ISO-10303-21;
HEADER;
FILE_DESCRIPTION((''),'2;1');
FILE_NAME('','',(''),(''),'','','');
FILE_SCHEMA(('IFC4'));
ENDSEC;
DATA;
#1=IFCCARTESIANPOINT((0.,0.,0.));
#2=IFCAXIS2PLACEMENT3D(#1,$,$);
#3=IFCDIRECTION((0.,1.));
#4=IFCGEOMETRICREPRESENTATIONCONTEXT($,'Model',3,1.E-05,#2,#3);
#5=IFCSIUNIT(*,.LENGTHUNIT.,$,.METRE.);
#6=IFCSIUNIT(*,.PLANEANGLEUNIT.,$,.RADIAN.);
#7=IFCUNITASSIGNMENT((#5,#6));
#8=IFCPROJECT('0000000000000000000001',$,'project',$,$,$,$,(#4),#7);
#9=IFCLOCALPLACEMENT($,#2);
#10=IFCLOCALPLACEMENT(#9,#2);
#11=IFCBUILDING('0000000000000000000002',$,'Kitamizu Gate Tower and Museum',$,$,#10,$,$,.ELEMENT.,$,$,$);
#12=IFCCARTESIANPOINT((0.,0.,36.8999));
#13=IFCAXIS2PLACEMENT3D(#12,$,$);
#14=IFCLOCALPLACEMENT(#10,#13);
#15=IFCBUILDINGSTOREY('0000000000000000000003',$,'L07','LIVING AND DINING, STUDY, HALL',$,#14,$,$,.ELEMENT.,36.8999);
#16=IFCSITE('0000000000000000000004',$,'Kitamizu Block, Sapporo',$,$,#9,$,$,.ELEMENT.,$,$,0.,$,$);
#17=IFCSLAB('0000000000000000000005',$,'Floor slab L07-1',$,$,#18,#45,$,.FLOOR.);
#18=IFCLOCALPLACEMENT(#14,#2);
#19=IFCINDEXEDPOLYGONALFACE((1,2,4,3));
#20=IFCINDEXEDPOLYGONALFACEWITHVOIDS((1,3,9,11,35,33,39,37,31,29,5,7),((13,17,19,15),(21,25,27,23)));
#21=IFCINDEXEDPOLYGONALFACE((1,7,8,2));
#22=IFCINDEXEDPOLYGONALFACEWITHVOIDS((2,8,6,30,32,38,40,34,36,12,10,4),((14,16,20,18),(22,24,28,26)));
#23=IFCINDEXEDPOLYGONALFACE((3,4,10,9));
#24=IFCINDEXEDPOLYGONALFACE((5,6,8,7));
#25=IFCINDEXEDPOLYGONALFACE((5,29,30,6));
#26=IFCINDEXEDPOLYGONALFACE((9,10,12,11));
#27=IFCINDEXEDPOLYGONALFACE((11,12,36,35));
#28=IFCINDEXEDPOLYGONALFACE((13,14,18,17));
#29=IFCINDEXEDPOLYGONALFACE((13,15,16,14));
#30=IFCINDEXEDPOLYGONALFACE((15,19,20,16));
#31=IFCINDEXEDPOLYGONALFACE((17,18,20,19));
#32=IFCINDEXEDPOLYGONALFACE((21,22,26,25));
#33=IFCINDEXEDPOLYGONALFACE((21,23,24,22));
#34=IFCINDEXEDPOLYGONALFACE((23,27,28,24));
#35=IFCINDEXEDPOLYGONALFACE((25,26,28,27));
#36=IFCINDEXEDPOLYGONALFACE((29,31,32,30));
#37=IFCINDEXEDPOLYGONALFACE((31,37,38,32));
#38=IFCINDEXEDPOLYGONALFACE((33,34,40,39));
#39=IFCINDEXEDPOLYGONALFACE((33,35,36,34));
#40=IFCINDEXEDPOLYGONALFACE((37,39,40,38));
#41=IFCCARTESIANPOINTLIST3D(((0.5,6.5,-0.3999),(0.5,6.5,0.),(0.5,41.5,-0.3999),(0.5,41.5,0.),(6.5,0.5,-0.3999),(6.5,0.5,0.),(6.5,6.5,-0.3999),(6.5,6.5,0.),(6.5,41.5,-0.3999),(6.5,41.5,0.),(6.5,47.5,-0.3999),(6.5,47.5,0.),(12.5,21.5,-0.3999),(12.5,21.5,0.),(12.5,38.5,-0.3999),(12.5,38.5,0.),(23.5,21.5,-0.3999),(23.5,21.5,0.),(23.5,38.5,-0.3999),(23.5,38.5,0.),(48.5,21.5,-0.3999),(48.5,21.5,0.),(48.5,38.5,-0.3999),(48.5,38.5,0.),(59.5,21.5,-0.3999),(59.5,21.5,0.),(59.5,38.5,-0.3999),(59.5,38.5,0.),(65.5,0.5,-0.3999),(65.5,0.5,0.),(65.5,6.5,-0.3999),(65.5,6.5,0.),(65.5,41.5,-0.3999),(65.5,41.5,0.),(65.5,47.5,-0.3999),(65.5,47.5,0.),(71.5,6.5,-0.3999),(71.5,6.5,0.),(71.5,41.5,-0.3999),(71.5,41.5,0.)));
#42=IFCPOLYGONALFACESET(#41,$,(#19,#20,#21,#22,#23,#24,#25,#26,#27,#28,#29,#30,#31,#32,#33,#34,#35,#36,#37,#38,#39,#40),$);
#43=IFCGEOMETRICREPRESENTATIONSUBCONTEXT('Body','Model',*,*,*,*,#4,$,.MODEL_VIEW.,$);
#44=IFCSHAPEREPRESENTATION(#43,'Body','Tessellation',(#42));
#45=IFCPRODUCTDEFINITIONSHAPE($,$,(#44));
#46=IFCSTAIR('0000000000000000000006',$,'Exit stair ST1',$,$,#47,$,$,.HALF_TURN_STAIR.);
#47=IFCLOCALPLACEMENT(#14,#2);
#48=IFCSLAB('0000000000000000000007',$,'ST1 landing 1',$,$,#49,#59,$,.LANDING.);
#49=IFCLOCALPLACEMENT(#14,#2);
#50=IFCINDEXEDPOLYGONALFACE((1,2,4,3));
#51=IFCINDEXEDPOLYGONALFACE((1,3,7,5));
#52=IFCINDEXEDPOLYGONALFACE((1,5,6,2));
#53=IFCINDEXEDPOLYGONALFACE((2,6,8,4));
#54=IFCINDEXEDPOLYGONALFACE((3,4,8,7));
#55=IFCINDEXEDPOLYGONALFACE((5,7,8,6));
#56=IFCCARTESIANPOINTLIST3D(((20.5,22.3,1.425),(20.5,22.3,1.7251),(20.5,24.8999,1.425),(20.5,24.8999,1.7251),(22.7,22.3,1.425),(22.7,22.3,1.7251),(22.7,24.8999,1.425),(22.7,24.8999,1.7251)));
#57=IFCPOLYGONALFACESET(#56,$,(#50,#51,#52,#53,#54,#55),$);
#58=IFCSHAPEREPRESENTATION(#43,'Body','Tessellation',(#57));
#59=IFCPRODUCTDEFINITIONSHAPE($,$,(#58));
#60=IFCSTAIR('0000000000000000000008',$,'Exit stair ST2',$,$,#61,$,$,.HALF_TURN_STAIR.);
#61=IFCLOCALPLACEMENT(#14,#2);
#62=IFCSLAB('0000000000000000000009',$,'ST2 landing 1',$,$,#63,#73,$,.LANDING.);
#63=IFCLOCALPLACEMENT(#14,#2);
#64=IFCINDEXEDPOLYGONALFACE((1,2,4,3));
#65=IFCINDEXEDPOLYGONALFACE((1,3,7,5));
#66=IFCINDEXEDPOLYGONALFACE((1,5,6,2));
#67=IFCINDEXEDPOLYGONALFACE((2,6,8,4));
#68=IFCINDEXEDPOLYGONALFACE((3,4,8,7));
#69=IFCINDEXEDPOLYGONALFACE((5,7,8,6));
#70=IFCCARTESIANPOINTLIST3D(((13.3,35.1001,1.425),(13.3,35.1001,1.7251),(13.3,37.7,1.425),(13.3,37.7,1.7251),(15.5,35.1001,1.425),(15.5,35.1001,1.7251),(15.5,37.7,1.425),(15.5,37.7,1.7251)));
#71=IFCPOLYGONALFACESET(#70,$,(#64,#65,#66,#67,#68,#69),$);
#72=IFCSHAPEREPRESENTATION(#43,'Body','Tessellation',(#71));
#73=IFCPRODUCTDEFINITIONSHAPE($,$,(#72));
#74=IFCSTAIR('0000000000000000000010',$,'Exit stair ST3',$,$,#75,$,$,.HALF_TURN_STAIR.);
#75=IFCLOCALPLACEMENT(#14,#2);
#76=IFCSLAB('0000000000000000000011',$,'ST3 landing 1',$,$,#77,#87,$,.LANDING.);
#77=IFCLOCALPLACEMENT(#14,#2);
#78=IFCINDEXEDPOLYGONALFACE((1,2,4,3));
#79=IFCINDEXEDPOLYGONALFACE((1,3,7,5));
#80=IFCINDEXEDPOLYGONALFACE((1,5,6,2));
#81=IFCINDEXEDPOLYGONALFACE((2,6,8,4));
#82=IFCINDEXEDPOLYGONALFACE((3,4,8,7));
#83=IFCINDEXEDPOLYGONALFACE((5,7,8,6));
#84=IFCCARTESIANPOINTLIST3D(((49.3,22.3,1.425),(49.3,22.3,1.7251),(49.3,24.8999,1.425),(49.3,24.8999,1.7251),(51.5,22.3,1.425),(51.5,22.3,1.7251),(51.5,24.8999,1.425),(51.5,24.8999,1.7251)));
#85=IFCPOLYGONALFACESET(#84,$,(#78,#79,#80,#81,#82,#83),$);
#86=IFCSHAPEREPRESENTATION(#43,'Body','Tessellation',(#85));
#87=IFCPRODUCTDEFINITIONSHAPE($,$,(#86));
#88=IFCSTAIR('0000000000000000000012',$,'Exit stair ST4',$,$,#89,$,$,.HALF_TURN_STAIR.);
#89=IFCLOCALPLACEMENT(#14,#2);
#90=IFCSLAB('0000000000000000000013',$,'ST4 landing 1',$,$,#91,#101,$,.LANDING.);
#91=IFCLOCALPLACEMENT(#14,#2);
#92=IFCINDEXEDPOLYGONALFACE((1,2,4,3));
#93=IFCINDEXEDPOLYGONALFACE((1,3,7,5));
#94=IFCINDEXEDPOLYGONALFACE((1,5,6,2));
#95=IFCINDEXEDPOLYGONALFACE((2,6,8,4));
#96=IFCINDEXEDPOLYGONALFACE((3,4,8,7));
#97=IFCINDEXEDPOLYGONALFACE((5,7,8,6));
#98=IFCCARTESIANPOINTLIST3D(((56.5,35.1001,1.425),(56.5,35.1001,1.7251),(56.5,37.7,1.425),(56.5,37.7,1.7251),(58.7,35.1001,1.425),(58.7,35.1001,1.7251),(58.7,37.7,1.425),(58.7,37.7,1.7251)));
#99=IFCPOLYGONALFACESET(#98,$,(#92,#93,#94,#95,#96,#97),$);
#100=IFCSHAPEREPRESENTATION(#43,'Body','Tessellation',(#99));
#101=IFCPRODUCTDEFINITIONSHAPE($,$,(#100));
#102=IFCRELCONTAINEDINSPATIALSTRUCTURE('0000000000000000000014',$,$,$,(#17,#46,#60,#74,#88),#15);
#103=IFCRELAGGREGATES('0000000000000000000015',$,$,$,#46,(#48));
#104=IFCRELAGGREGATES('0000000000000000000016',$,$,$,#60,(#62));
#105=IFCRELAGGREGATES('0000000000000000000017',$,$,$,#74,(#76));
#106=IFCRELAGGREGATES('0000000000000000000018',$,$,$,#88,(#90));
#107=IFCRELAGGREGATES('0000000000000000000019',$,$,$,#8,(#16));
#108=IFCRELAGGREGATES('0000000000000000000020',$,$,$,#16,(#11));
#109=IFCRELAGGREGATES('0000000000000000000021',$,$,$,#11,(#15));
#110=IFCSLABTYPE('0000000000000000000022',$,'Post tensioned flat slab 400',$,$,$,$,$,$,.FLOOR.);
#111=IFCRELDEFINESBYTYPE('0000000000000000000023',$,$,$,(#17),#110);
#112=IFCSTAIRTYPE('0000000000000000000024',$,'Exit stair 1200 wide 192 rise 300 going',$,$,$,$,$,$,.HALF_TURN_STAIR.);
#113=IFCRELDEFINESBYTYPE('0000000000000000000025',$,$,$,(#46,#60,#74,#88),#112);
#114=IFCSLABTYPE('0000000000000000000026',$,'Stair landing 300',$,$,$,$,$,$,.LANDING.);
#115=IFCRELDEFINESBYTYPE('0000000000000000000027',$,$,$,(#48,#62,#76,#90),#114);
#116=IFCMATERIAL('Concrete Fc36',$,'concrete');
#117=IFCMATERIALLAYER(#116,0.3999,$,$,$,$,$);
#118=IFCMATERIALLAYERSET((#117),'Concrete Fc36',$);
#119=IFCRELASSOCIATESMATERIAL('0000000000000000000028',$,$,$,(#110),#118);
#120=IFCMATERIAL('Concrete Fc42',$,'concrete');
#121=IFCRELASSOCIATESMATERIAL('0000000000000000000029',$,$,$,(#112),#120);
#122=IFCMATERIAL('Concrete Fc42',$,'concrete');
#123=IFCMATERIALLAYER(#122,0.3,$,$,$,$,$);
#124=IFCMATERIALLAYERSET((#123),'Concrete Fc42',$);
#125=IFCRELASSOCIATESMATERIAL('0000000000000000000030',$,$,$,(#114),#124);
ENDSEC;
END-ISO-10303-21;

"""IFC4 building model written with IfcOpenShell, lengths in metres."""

from ifc_helpers import new_model, si_unit, direction, frame, origin, place, context, subcontext, project, spatial, polyline, outline, extrude, material, layer, layer_set, type_object, element, aggregate, save


model = new_model("IFC4")

# Units and contexts
model_context = context("Model", 3, precision=1e-05, world=origin(), true_north=direction((0.0, 1.0)))
body_context = subcontext(model_context, "Body", "Model", "MODEL_VIEW")
ifc_project = project(units=[si_unit("LENGTHUNIT", "METRE"), si_unit("PLANEANGLEUNIT", "RADIAN")], contexts=[model_context])

# Site, building, storey
site_placement = place(None, origin())
site = spatial("IfcSite", under=ifc_project, at=site_placement, Name="Kitamizu Block, Sapporo", CompositionType="ELEMENT", RefElevation=0.0)
building_placement = place(site_placement, origin())
building = spatial("IfcBuilding", under=site, at=building_placement, Name="Kitamizu Gate Tower and Museum", CompositionType="ELEMENT")
storey_placement = place(building_placement, frame((0.0, 0.0, 36.8999)))
storey = spatial("IfcBuildingStorey", under=building, at=storey_placement, Name="L07", Description="LIVING AND DINING, STUDY, HALL", CompositionType="ELEMENT", Elevation=36.8999)

# Slab
ifc_material_1 = material(Name="Concrete Fc36", Category="concrete")
ifc_layer_1 = layer(ifc_material_1, 0.3999)
ifc_layer_set_1 = layer_set([ifc_layer_1], Name="Concrete Fc36")
slab_type_1 = type_object("IfcSlabType", Name="Post tensioned flat slab 400", PredefinedType="FLOOR", material=ifc_layer_set_1)
slab_1_placement = place(storey_placement, frame((0.0, 0.0, -0.3999)))
element("IfcSlab", 1, at=slab_1_placement, inside=storey, type_object=slab_type_1, Name="Floor slab L07-1", PredefinedType="FLOOR", context=body_context, shape_type="SweptSolid", body=[
    extrude(outline(polyline([(0.5, 6.5), (0.5, 41.5), (6.5, 41.5), (6.5, 47.5), (65.5, 47.5), (65.5, 41.5), (71.5, 41.5), (71.5, 6.5), (65.5, 6.5), (65.5, 0.5), (6.5, 0.5), (6.5, 6.5), (0.5, 6.5)]), holes=[polyline([(59.5, 38.5), (48.5, 38.5), (48.5, 21.5), (59.5, 21.5), (59.5, 38.5)]), polyline([(12.5, 38.5), (12.5, 21.5), (23.5, 21.5), (23.5, 38.5), (12.5, 38.5)])]), origin(), (0.0, 0.0, 1.0), 0.3999),
])

# Stairs, slabs
ifc_material_2 = material(Name="Concrete Fc42", Category="concrete")
stair_type = type_object("IfcStairType", Name="Exit stair 1200 wide 192 rise 300 going", PredefinedType="HALF_TURN_STAIR", material=ifc_material_2)
stair_1_placement = place(storey_placement, origin())
stair_1 = element("IfcStair", 2, at=stair_1_placement, inside=storey, type_object=stair_type, Name="Exit stair ST1", PredefinedType="HALF_TURN_STAIR")
ifc_material_3 = material(Name="Concrete Fc42", Category="concrete")
ifc_layer_2 = layer(ifc_material_3, 0.3)
ifc_layer_set_2 = layer_set([ifc_layer_2], Name="Concrete Fc42")
slab_type_2 = type_object("IfcSlabType", Name="Stair landing 300", PredefinedType="LANDING", material=ifc_layer_set_2)
slab_2_placement = place(storey_placement, frame((0.0, 0.0, 1.425)))
slab_2 = element("IfcSlab", 3, at=slab_2_placement, type_object=slab_type_2, Name="ST1 landing 1", PredefinedType="LANDING", context=body_context, shape_type="SweptSolid", body=[
    extrude(outline(polyline([(20.5, 22.3), (22.7, 22.3), (22.7, 24.8999), (20.5, 24.8999), (20.5, 22.3)])), origin(), (0.0, 0.0, 1.0), 0.3),
])
aggregate(stair_1, [slab_2])
stair_2_placement = place(storey_placement, origin())
stair_2 = element("IfcStair", 4, at=stair_2_placement, inside=storey, type_object=stair_type, Name="Exit stair ST2", PredefinedType="HALF_TURN_STAIR")
slab_3_placement = place(storey_placement, frame((0.0, 0.0, 1.425)))
slab_3 = element("IfcSlab", 5, at=slab_3_placement, type_object=slab_type_2, Name="ST2 landing 1", PredefinedType="LANDING", context=body_context, shape_type="SweptSolid", body=[
    extrude(outline(polyline([(13.3, 35.1001), (15.5, 35.1001), (15.5, 37.7), (13.3, 37.7), (13.3, 35.1001)])), origin(), (0.0, 0.0, 1.0), 0.3),
])
aggregate(stair_2, [slab_3])
stair_3_placement = place(storey_placement, origin())
stair_3 = element("IfcStair", 6, at=stair_3_placement, inside=storey, type_object=stair_type, Name="Exit stair ST3", PredefinedType="HALF_TURN_STAIR")
slab_4_placement = place(storey_placement, frame((0.0, 0.0, 1.425)))
slab_4 = element("IfcSlab", 7, at=slab_4_placement, type_object=slab_type_2, Name="ST3 landing 1", PredefinedType="LANDING", context=body_context, shape_type="SweptSolid", body=[
    extrude(outline(polyline([(49.3, 22.3), (51.5, 22.3), (51.5, 24.8999), (49.3, 24.8999), (49.3, 22.3)])), origin(), (0.0, 0.0, 1.0), 0.3),
])
aggregate(stair_3, [slab_4])
stair_4_placement = place(storey_placement, origin())
stair_4 = element("IfcStair", 8, at=stair_4_placement, inside=storey, type_object=stair_type, Name="Exit stair ST4", PredefinedType="HALF_TURN_STAIR")
slab_5_placement = place(storey_placement, frame((0.0, 0.0, 1.425)))
slab_5 = element("IfcSlab", 9, at=slab_5_placement, type_object=slab_type_2, Name="ST4 landing 1", PredefinedType="LANDING", context=body_context, shape_type="SweptSolid", body=[
    extrude(outline(polyline([(56.5, 35.1001), (58.7, 35.1001), (58.7, 37.7), (56.5, 37.7), (56.5, 35.1001)])), origin(), (0.0, 0.0, 1.0), 0.3),
])
aggregate(stair_4, [slab_5])

save(model, "model.ifc")
